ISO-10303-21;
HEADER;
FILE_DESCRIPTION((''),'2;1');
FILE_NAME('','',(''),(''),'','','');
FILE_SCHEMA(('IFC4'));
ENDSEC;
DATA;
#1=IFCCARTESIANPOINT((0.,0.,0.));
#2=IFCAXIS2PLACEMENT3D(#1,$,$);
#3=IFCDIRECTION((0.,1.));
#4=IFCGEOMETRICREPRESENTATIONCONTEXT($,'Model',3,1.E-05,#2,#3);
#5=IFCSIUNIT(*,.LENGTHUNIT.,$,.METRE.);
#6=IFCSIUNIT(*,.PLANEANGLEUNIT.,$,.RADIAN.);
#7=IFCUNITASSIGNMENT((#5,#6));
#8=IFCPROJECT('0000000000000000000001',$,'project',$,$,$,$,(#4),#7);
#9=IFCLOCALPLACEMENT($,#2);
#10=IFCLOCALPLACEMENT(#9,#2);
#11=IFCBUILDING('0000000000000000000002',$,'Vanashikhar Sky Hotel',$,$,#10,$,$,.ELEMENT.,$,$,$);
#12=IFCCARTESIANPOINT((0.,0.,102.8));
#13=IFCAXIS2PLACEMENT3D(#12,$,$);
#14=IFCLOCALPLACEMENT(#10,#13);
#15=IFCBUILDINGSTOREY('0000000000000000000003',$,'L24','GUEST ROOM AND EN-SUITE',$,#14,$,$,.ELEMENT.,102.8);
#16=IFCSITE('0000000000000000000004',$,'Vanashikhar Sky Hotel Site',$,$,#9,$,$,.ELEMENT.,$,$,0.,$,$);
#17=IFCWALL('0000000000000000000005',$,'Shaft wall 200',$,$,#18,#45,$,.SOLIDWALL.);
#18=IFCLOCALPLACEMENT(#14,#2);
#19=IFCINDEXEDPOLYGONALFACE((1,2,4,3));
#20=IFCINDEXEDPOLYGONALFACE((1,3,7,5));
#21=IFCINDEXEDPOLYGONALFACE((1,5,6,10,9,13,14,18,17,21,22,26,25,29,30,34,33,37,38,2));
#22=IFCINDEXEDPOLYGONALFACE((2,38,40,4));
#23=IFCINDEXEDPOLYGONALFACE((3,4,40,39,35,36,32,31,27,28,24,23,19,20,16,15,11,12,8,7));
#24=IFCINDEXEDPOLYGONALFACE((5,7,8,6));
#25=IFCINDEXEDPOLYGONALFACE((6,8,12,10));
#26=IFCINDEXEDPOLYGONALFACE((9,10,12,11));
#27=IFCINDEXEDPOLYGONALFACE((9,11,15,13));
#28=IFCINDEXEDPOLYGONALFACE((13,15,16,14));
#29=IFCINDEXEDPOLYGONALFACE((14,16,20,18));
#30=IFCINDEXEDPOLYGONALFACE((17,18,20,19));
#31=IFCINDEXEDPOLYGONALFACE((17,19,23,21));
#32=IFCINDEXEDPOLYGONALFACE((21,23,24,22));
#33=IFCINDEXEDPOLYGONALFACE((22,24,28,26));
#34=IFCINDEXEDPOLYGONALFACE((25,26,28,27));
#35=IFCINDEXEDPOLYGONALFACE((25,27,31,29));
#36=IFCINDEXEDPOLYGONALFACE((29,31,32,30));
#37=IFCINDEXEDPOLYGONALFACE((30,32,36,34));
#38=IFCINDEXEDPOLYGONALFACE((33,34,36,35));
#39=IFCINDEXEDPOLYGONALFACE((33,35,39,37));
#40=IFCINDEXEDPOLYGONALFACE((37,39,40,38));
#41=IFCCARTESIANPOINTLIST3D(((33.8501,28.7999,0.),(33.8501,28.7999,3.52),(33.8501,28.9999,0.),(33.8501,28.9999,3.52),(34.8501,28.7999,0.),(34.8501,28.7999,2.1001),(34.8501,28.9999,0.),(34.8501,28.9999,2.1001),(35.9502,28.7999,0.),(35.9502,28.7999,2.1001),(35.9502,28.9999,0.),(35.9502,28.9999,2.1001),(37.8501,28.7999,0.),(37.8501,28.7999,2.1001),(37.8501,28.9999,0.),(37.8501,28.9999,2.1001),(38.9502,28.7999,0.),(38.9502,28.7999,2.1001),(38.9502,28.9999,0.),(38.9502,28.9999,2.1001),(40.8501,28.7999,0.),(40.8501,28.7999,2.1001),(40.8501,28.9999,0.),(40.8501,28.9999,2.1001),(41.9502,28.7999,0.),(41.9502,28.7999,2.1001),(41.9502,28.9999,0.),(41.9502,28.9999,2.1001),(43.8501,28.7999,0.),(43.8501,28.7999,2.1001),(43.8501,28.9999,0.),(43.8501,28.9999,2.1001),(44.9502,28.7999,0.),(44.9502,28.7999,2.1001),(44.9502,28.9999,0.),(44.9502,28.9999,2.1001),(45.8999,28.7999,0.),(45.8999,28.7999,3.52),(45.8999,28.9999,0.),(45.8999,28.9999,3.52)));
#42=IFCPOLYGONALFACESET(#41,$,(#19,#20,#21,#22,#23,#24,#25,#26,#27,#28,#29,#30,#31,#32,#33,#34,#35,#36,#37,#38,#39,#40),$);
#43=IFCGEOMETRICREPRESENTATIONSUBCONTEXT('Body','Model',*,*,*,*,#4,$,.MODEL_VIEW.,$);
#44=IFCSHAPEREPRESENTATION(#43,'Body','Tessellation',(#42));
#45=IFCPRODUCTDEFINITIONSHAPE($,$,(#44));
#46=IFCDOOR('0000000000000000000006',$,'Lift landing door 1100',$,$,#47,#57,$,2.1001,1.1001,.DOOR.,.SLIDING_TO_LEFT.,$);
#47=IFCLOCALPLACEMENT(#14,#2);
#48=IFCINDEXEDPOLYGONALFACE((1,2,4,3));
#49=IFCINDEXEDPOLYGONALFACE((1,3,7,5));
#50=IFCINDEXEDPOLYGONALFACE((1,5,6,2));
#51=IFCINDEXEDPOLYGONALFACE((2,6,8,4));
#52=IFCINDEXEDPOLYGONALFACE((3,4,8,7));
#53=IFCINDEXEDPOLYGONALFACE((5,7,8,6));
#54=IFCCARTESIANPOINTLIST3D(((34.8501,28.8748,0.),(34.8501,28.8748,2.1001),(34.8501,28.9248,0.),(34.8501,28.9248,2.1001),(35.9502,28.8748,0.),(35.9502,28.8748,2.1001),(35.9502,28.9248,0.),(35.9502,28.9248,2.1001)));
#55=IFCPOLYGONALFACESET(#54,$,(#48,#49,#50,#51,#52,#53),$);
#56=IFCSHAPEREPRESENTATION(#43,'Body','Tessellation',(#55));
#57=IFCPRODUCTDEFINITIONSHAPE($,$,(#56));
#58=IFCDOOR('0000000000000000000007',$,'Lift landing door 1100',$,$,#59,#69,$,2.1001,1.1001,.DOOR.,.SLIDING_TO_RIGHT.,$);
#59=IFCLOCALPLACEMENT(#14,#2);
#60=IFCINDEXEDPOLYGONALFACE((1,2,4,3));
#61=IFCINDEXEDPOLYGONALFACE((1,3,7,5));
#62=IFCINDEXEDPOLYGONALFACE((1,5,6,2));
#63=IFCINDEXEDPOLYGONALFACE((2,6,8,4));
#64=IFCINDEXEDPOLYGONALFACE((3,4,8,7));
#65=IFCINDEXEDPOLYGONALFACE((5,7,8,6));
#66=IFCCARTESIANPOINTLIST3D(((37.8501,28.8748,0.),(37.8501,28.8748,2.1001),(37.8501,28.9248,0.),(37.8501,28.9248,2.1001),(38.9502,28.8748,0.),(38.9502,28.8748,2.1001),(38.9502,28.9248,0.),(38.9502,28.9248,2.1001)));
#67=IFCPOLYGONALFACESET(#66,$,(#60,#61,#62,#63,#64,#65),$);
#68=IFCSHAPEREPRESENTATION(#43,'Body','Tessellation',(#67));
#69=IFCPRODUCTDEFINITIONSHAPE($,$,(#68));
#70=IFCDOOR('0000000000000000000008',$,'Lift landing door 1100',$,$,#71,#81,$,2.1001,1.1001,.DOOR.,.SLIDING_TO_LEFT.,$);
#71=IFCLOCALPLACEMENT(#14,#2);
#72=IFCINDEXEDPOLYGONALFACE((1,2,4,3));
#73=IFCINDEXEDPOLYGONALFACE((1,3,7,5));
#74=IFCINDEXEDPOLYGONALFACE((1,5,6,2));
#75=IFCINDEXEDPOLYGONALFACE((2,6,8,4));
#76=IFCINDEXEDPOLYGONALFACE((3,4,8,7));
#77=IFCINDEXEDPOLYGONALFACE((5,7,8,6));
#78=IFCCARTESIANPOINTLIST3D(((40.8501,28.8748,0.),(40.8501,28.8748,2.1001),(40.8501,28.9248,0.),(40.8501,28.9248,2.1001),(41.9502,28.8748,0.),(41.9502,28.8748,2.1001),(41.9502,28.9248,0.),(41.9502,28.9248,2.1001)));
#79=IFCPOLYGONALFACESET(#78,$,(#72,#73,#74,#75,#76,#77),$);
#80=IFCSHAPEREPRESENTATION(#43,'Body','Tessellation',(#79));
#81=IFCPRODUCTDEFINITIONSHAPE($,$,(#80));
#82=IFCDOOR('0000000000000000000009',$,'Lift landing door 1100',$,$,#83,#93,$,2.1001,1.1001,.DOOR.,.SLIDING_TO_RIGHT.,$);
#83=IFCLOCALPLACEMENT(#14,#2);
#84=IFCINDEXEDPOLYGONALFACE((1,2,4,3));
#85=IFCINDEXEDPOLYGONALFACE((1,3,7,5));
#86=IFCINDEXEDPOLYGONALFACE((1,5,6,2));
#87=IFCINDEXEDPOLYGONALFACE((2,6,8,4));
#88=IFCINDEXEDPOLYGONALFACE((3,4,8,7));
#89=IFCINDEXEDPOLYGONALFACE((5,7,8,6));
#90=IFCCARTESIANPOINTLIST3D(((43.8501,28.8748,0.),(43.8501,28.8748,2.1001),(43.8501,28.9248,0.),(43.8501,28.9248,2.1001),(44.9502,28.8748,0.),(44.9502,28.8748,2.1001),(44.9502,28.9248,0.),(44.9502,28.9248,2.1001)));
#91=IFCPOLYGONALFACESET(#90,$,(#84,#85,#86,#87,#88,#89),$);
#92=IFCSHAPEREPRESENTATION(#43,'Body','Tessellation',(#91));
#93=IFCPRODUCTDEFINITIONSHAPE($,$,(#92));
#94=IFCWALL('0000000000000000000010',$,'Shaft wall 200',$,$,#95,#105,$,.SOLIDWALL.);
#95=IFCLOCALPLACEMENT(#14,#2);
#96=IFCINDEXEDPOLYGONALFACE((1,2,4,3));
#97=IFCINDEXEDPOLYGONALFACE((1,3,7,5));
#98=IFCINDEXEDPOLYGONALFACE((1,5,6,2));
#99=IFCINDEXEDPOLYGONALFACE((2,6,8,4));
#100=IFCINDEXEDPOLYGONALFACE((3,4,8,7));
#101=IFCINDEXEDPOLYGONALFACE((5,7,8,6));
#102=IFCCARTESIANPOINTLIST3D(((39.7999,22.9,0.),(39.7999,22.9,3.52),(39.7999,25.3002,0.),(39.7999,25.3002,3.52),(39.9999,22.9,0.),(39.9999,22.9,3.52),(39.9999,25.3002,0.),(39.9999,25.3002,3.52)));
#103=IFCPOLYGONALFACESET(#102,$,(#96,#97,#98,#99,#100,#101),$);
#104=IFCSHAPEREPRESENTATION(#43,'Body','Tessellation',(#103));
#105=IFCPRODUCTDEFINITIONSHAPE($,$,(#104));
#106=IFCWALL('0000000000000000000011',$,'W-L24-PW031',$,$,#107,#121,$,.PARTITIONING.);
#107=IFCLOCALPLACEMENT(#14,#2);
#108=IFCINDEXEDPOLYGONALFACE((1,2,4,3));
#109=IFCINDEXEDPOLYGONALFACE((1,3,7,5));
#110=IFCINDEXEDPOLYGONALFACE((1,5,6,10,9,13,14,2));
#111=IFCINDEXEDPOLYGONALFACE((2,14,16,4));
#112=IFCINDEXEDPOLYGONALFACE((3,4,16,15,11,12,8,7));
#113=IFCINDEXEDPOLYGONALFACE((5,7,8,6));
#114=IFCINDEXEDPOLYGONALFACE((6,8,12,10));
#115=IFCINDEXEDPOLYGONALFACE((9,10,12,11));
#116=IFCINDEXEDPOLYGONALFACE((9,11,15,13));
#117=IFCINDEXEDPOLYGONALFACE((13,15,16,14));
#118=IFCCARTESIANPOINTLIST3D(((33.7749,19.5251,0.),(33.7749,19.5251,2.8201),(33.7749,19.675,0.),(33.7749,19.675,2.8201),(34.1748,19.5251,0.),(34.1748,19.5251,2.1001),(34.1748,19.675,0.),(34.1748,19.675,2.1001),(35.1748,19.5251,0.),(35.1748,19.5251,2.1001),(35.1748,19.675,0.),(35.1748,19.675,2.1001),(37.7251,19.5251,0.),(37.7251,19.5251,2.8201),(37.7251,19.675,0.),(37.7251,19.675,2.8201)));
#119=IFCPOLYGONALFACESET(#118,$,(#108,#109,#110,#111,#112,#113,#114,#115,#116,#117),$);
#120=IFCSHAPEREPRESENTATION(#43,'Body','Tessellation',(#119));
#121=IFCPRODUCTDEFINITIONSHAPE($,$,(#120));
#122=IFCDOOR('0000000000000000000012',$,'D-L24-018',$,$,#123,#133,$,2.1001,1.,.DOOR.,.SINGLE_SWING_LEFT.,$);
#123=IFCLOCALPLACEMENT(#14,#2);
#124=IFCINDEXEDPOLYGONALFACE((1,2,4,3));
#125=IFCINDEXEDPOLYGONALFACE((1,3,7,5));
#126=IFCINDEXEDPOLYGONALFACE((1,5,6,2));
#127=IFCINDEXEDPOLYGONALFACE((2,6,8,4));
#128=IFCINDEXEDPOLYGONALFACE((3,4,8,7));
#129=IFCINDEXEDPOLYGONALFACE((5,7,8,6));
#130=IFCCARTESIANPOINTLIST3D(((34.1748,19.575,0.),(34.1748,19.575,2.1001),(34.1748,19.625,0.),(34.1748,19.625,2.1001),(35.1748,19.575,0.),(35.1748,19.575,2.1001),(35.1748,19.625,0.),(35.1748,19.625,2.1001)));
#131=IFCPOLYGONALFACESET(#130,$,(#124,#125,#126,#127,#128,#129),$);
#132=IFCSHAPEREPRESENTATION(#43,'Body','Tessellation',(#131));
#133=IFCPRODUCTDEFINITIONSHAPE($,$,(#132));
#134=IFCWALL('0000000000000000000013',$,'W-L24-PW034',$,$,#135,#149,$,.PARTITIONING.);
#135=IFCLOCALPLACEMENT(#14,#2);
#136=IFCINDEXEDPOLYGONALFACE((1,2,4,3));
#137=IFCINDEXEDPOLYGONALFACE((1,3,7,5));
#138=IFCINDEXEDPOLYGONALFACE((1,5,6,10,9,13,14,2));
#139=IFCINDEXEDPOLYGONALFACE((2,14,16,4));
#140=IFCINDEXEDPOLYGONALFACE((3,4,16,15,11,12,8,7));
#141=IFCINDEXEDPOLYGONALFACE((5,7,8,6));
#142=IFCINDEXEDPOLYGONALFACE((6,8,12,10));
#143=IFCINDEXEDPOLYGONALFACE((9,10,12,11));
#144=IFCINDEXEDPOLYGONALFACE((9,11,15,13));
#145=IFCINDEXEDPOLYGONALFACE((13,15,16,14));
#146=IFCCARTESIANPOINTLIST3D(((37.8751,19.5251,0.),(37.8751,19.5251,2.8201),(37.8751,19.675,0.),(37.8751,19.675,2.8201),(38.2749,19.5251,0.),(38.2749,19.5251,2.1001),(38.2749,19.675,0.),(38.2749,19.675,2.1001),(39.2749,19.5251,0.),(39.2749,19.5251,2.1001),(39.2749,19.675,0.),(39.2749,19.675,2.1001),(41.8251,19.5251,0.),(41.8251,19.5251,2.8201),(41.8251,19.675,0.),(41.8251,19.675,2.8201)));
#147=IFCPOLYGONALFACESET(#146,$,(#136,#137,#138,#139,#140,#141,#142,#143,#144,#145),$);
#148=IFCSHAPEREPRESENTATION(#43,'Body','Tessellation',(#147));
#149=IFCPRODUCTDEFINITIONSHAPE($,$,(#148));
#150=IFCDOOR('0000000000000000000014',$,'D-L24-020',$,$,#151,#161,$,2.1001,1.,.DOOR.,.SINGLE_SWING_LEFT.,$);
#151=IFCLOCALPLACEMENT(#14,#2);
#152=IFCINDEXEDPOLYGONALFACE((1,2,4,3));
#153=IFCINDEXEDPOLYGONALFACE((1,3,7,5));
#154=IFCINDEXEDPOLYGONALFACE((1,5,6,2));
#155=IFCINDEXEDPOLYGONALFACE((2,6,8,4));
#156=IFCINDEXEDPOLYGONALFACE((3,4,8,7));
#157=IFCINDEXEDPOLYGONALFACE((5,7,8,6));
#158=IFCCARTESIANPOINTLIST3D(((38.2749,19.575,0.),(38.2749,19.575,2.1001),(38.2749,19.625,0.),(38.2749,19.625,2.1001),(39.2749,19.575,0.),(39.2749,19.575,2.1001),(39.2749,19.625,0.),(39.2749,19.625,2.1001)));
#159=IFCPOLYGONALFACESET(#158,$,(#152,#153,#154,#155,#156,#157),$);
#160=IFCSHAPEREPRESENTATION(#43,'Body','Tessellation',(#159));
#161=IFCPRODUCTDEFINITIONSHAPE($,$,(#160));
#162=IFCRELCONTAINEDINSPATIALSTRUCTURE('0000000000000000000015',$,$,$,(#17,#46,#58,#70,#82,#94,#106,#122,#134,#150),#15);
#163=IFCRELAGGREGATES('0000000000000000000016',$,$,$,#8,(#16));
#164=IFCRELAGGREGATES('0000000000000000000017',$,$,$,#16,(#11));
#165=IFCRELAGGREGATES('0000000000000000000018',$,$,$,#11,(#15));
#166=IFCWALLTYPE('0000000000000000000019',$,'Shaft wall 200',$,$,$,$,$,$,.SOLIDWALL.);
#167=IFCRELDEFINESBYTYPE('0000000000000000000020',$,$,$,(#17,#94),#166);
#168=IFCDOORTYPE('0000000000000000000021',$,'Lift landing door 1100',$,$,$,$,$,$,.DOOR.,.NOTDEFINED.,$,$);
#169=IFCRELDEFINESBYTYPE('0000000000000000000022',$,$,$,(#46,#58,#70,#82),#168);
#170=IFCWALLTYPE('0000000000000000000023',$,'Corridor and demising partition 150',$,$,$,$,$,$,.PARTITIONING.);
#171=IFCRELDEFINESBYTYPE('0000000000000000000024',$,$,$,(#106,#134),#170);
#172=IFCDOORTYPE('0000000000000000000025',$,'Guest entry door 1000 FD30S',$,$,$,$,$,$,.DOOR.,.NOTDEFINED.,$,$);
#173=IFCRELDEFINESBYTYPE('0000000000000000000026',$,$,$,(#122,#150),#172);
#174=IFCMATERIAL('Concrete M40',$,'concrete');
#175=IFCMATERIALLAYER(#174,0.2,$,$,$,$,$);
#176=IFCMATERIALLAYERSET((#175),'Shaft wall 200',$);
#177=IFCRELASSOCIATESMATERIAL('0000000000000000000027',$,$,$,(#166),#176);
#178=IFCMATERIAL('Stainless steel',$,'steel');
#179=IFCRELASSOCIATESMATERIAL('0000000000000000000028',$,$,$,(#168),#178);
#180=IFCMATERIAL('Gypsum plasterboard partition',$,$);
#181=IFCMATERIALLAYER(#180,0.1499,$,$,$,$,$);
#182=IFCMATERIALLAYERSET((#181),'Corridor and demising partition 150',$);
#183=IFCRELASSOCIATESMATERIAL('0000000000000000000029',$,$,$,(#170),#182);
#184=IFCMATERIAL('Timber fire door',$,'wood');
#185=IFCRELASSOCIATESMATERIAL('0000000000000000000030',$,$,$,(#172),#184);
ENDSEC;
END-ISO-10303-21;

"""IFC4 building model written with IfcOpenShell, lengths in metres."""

from ifc_helpers import new_model, si_unit, direction, frame, frame_2d, origin, place, context, subcontext, project, spatial, rectangle, extrude, source, transform, mapped, material, layer, layer_set, type_object, element, fill, save


model = new_model("IFC4")

# Units and contexts
model_context = context("Model", 3, precision=1e-05, world=origin(), true_north=direction((0.0, 1.0)))
body_context = subcontext(model_context, "Body", "Model", "MODEL_VIEW")
ifc_project = project(units=[si_unit("LENGTHUNIT", "METRE"), si_unit("PLANEANGLEUNIT", "RADIAN")], contexts=[model_context])

# Site, building, storey
site_placement = place(None, origin())
site = spatial("IfcSite", under=ifc_project, at=site_placement, Name="Vanashikhar Sky Hotel Site", CompositionType="ELEMENT", RefElevation=0.0)
building_placement = place(site_placement, origin())
building = spatial("IfcBuilding", under=site, at=building_placement, Name="Vanashikhar Sky Hotel", CompositionType="ELEMENT")
storey_placement = place(building_placement, frame((0.0, 0.0, 102.8)))
storey = spatial("IfcBuildingStorey", under=building, at=storey_placement, Name="L24", Description="GUEST ROOM AND EN-SUITE", CompositionType="ELEMENT", Elevation=102.8)

# Wall, openings, doors
ifc_material_1 = material(Name="Concrete M40", Category="concrete")
ifc_layer_1 = layer(ifc_material_1, 0.2)
ifc_layer_set_1 = layer_set([ifc_layer_1], Name="Shaft wall 200")
wall_type_1 = type_object("IfcWallType", Name="Shaft wall 200", PredefinedType="SOLIDWALL", material=ifc_layer_set_1)
shared_shape_1 = source(origin(), body_context, "Body", "SweptSolid", [
    extrude(rectangle(XDim=1.1001, YDim=2.1001, at=frame_2d((0.55, 1.05))), frame((0.0, 0.1099, 0.0), z_axis=(0.0, -1.0, 0.0), x_axis=(1.0, 0.0, 0.0)), (0.0, 0.0, 1.0), 0.22),
])
ifc_material_2 = material(Name="Stainless steel", Category="steel")
door_type_1 = type_object("IfcDoorType", Name="Lift landing door 1100", OperationType="NOTDEFINED", PredefinedType="DOOR", material=ifc_material_2)
shared_shape_2 = source(origin(), body_context, "Body", "SweptSolid", [
    extrude(rectangle(XDim=1.1001, YDim=2.1001, at=frame_2d((0.55, 1.05))), frame((0.0, 0.0249, 0.0), z_axis=(0.0, -1.0, 0.0), x_axis=(1.0, 0.0, 0.0)), (0.0, 0.0, 1.0), 0.05),
])
shared_shape_3 = source(origin(), body_context, "Body", "SweptSolid", [
    extrude(rectangle(XDim=12.0498, YDim=0.2, at=frame_2d((6.0249, 0.0))), origin(), (0.0, 0.0, 1.0), 3.52),
])
wall_1_placement = place(storey_placement, frame((33.8501, 28.8999, 0.0), z_axis=(0.0, 0.0, 1.0), x_axis=(1.0, 0.0, 0.0)))
wall_1 = element("IfcWall", 1, at=wall_1_placement, inside=storey, type_object=wall_type_1, Name="Shaft wall 200", PredefinedType="SOLIDWALL", context=body_context, shape_type="MappedRepresentation", body=[
    mapped(shared_shape_3, transform((0.0, 0.0, 0.0), scale=1.0)),
])
opening_1_placement = place(wall_1_placement, frame((1.0, 0.0, 0.0)))
opening_1 = element("IfcOpeningElement", 2, at=opening_1_placement, cuts=wall_1, PredefinedType="OPENING", context=body_context, shape_type="MappedRepresentation", body=[
    mapped(shared_shape_1, transform((0.0, 0.0, 0.0), scale=1.0)),
])
opening_2_placement = place(wall_1_placement, frame((4.0, 0.0, 0.0)))
opening_2 = element("IfcOpeningElement", 3, at=opening_2_placement, cuts=wall_1, PredefinedType="OPENING", context=body_context, shape_type="MappedRepresentation", body=[
    mapped(shared_shape_1, transform((0.0, 0.0, 0.0), scale=1.0)),
])
opening_3_placement = place(wall_1_placement, frame((7.0, 0.0, 0.0)))
opening_3 = element("IfcOpeningElement", 4, at=opening_3_placement, cuts=wall_1, PredefinedType="OPENING", context=body_context, shape_type="MappedRepresentation", body=[
    mapped(shared_shape_1, transform((0.0, 0.0, 0.0), scale=1.0)),
])
opening_4_placement = place(wall_1_placement, frame((10.0, 0.0, 0.0)))
opening_4 = element("IfcOpeningElement", 5, at=opening_4_placement, cuts=wall_1, PredefinedType="OPENING", context=body_context, shape_type="MappedRepresentation", body=[
    mapped(shared_shape_1, transform((0.0, 0.0, 0.0), scale=1.0)),
])
door_1_placement = place(opening_1_placement, origin())
door_1 = element("IfcDoor", 6, at=door_1_placement, inside=storey, type_object=door_type_1, Name="Lift landing door 1100", OperationType="SLIDING_TO_LEFT", OverallHeight=2.1001, OverallWidth=1.1001, PredefinedType="DOOR", context=body_context, shape_type="MappedRepresentation", body=[
    mapped(shared_shape_2, transform((0.0, 0.0, 0.0), scale=1.0)),
])
fill(opening_1, door_1)
door_2_placement = place(opening_2_placement, origin())
door_2 = element("IfcDoor", 7, at=door_2_placement, inside=storey, type_object=door_type_1, Name="Lift landing door 1100", OperationType="SLIDING_TO_RIGHT", OverallHeight=2.1001, OverallWidth=1.1001, PredefinedType="DOOR", context=body_context, shape_type="MappedRepresentation", body=[
    mapped(shared_shape_2, transform((0.0, 0.0, 0.0), scale=1.0)),
])
fill(opening_2, door_2)
door_3_placement = place(opening_3_placement, origin())
door_3 = element("IfcDoor", 8, at=door_3_placement, inside=storey, type_object=door_type_1, Name="Lift landing door 1100", OperationType="SLIDING_TO_LEFT", OverallHeight=2.1001, OverallWidth=1.1001, PredefinedType="DOOR", context=body_context, shape_type="MappedRepresentation", body=[
    mapped(shared_shape_2, transform((0.0, 0.0, 0.0), scale=1.0)),
])
fill(opening_3, door_3)
door_4_placement = place(opening_4_placement, origin())
door_4 = element("IfcDoor", 9, at=door_4_placement, inside=storey, type_object=door_type_1, Name="Lift landing door 1100", OperationType="SLIDING_TO_RIGHT", OverallHeight=2.1001, OverallWidth=1.1001, PredefinedType="DOOR", context=body_context, shape_type="MappedRepresentation", body=[
    mapped(shared_shape_2, transform((0.0, 0.0, 0.0), scale=1.0)),
])
fill(opening_4, door_4)

# Wall
shared_shape_4 = source(origin(), body_context, "Body", "SweptSolid", [
    extrude(rectangle(XDim=2.4001, YDim=0.2, at=frame_2d((1.2002, 0.0))), origin(), (0.0, 0.0, 1.0), 3.52),
])
wall_2_placement = place(storey_placement, frame((39.8999, 22.8999, 0.0), z_axis=(0.0, 0.0, 1.0), x_axis=(0.0, 1.0, 0.0)))
element("IfcWall", 10, at=wall_2_placement, inside=storey, type_object=wall_type_1, Name="Shaft wall 200", PredefinedType="SOLIDWALL", context=body_context, shape_type="MappedRepresentation", body=[
    mapped(shared_shape_4, transform((0.0, 0.0, 0.0), scale=1.0)),
])

# Walls, openings, doors
ifc_material_3 = material(Name="Gypsum plasterboard partition")
ifc_layer_2 = layer(ifc_material_3, 0.1499)
ifc_layer_set_2 = layer_set([ifc_layer_2], Name="Corridor and demising partition 150")
wall_type_2 = type_object("IfcWallType", Name="Corridor and demising partition 150", PredefinedType="PARTITIONING", material=ifc_layer_set_2)
shared_shape_5 = source(origin(), body_context, "Body", "SweptSolid", [
    extrude(rectangle(XDim=3.9502, YDim=0.1499, at=frame_2d((1.9751, 0.0))), origin(), (0.0, 0.0, 1.0), 2.8201),
])
wall_3_placement = place(storey_placement, frame((33.7749, 19.6001, 0.0), z_axis=(0.0, 0.0, 1.0), x_axis=(1.0, 0.0, 0.0)))
wall_3 = element("IfcWall", 11, at=wall_3_placement, inside=storey, type_object=wall_type_2, Name="W-L24-PW031", PredefinedType="PARTITIONING", context=body_context, shape_type="MappedRepresentation", body=[
    mapped(shared_shape_5, transform((0.0, 0.0, 0.0), scale=1.0)),
])
shared_shape_6 = source(origin(), body_context, "Body", "SweptSolid", [
    extrude(rectangle(XDim=1.0, YDim=2.1001, at=frame_2d((0.5, 1.05))), frame((0.0, 0.085, 0.0), z_axis=(0.0, -1.0, 0.0), x_axis=(1.0, 0.0, 0.0)), (0.0, 0.0, 1.0), 0.1699),
])
opening_5_placement = place(wall_3_placement, frame((0.3999, 0.0, 0.0)))
opening_5 = element("IfcOpeningElement", 12, at=opening_5_placement, cuts=wall_3, PredefinedType="OPENING", context=body_context, shape_type="MappedRepresentation", body=[
    mapped(shared_shape_6, transform((0.0, 0.0, 0.0), scale=1.0)),
])
ifc_material_4 = material(Name="Timber fire door", Category="wood")
door_type_2 = type_object("IfcDoorType", Name="Guest entry door 1000 FD30S", OperationType="NOTDEFINED", PredefinedType="DOOR", material=ifc_material_4)
shared_shape_7 = source(origin(), body_context, "Body", "SweptSolid", [
    extrude(rectangle(XDim=1.0, YDim=2.1001, at=frame_2d((0.5, 1.05))), frame((0.0, 0.0249, 0.0), z_axis=(0.0, -1.0, 0.0), x_axis=(1.0, 0.0, 0.0)), (0.0, 0.0, 1.0), 0.05),
])
door_5_placement = place(opening_5_placement, origin())
door_5 = element("IfcDoor", 13, at=door_5_placement, inside=storey, type_object=door_type_2, Name="D-L24-018", OperationType="SINGLE_SWING_LEFT", OverallHeight=2.1001, OverallWidth=1.0, PredefinedType="DOOR", context=body_context, shape_type="MappedRepresentation", body=[
    mapped(shared_shape_7, transform((0.0, 0.0, 0.0), scale=1.0)),
])
fill(opening_5, door_5)
shared_shape_8 = source(origin(), body_context, "Body", "SweptSolid", [
    extrude(rectangle(XDim=3.95, YDim=0.1499, at=frame_2d((1.9751, 0.0))), origin(), (0.0, 0.0, 1.0), 2.8201),
])
wall_4_placement = place(storey_placement, frame((37.875, 19.6001, 0.0), z_axis=(0.0, 0.0, 1.0), x_axis=(1.0, 0.0, 0.0)))
wall_4 = element("IfcWall", 14, at=wall_4_placement, inside=storey, type_object=wall_type_2, Name="W-L24-PW034", PredefinedType="PARTITIONING", context=body_context, shape_type="MappedRepresentation", body=[
    mapped(shared_shape_8, transform((0.0, 0.0, 0.0), scale=1.0)),
])
opening_6_placement = place(wall_4_placement, frame((0.3999, 0.0, 0.0)))
opening_6 = element("IfcOpeningElement", 15, at=opening_6_placement, cuts=wall_4, PredefinedType="OPENING", context=body_context, shape_type="MappedRepresentation", body=[
    mapped(shared_shape_6, transform((0.0, 0.0, 0.0), scale=1.0)),
])
door_6_placement = place(opening_6_placement, origin())
door_6 = element("IfcDoor", 16, at=door_6_placement, inside=storey, type_object=door_type_2, Name="D-L24-020", OperationType="SINGLE_SWING_LEFT", OverallHeight=2.1001, OverallWidth=1.0, PredefinedType="DOOR", context=body_context, shape_type="MappedRepresentation", body=[
    mapped(shared_shape_7, transform((0.0, 0.0, 0.0), scale=1.0)),
])
fill(opening_6, door_6)

save(model, "model.ifc")
